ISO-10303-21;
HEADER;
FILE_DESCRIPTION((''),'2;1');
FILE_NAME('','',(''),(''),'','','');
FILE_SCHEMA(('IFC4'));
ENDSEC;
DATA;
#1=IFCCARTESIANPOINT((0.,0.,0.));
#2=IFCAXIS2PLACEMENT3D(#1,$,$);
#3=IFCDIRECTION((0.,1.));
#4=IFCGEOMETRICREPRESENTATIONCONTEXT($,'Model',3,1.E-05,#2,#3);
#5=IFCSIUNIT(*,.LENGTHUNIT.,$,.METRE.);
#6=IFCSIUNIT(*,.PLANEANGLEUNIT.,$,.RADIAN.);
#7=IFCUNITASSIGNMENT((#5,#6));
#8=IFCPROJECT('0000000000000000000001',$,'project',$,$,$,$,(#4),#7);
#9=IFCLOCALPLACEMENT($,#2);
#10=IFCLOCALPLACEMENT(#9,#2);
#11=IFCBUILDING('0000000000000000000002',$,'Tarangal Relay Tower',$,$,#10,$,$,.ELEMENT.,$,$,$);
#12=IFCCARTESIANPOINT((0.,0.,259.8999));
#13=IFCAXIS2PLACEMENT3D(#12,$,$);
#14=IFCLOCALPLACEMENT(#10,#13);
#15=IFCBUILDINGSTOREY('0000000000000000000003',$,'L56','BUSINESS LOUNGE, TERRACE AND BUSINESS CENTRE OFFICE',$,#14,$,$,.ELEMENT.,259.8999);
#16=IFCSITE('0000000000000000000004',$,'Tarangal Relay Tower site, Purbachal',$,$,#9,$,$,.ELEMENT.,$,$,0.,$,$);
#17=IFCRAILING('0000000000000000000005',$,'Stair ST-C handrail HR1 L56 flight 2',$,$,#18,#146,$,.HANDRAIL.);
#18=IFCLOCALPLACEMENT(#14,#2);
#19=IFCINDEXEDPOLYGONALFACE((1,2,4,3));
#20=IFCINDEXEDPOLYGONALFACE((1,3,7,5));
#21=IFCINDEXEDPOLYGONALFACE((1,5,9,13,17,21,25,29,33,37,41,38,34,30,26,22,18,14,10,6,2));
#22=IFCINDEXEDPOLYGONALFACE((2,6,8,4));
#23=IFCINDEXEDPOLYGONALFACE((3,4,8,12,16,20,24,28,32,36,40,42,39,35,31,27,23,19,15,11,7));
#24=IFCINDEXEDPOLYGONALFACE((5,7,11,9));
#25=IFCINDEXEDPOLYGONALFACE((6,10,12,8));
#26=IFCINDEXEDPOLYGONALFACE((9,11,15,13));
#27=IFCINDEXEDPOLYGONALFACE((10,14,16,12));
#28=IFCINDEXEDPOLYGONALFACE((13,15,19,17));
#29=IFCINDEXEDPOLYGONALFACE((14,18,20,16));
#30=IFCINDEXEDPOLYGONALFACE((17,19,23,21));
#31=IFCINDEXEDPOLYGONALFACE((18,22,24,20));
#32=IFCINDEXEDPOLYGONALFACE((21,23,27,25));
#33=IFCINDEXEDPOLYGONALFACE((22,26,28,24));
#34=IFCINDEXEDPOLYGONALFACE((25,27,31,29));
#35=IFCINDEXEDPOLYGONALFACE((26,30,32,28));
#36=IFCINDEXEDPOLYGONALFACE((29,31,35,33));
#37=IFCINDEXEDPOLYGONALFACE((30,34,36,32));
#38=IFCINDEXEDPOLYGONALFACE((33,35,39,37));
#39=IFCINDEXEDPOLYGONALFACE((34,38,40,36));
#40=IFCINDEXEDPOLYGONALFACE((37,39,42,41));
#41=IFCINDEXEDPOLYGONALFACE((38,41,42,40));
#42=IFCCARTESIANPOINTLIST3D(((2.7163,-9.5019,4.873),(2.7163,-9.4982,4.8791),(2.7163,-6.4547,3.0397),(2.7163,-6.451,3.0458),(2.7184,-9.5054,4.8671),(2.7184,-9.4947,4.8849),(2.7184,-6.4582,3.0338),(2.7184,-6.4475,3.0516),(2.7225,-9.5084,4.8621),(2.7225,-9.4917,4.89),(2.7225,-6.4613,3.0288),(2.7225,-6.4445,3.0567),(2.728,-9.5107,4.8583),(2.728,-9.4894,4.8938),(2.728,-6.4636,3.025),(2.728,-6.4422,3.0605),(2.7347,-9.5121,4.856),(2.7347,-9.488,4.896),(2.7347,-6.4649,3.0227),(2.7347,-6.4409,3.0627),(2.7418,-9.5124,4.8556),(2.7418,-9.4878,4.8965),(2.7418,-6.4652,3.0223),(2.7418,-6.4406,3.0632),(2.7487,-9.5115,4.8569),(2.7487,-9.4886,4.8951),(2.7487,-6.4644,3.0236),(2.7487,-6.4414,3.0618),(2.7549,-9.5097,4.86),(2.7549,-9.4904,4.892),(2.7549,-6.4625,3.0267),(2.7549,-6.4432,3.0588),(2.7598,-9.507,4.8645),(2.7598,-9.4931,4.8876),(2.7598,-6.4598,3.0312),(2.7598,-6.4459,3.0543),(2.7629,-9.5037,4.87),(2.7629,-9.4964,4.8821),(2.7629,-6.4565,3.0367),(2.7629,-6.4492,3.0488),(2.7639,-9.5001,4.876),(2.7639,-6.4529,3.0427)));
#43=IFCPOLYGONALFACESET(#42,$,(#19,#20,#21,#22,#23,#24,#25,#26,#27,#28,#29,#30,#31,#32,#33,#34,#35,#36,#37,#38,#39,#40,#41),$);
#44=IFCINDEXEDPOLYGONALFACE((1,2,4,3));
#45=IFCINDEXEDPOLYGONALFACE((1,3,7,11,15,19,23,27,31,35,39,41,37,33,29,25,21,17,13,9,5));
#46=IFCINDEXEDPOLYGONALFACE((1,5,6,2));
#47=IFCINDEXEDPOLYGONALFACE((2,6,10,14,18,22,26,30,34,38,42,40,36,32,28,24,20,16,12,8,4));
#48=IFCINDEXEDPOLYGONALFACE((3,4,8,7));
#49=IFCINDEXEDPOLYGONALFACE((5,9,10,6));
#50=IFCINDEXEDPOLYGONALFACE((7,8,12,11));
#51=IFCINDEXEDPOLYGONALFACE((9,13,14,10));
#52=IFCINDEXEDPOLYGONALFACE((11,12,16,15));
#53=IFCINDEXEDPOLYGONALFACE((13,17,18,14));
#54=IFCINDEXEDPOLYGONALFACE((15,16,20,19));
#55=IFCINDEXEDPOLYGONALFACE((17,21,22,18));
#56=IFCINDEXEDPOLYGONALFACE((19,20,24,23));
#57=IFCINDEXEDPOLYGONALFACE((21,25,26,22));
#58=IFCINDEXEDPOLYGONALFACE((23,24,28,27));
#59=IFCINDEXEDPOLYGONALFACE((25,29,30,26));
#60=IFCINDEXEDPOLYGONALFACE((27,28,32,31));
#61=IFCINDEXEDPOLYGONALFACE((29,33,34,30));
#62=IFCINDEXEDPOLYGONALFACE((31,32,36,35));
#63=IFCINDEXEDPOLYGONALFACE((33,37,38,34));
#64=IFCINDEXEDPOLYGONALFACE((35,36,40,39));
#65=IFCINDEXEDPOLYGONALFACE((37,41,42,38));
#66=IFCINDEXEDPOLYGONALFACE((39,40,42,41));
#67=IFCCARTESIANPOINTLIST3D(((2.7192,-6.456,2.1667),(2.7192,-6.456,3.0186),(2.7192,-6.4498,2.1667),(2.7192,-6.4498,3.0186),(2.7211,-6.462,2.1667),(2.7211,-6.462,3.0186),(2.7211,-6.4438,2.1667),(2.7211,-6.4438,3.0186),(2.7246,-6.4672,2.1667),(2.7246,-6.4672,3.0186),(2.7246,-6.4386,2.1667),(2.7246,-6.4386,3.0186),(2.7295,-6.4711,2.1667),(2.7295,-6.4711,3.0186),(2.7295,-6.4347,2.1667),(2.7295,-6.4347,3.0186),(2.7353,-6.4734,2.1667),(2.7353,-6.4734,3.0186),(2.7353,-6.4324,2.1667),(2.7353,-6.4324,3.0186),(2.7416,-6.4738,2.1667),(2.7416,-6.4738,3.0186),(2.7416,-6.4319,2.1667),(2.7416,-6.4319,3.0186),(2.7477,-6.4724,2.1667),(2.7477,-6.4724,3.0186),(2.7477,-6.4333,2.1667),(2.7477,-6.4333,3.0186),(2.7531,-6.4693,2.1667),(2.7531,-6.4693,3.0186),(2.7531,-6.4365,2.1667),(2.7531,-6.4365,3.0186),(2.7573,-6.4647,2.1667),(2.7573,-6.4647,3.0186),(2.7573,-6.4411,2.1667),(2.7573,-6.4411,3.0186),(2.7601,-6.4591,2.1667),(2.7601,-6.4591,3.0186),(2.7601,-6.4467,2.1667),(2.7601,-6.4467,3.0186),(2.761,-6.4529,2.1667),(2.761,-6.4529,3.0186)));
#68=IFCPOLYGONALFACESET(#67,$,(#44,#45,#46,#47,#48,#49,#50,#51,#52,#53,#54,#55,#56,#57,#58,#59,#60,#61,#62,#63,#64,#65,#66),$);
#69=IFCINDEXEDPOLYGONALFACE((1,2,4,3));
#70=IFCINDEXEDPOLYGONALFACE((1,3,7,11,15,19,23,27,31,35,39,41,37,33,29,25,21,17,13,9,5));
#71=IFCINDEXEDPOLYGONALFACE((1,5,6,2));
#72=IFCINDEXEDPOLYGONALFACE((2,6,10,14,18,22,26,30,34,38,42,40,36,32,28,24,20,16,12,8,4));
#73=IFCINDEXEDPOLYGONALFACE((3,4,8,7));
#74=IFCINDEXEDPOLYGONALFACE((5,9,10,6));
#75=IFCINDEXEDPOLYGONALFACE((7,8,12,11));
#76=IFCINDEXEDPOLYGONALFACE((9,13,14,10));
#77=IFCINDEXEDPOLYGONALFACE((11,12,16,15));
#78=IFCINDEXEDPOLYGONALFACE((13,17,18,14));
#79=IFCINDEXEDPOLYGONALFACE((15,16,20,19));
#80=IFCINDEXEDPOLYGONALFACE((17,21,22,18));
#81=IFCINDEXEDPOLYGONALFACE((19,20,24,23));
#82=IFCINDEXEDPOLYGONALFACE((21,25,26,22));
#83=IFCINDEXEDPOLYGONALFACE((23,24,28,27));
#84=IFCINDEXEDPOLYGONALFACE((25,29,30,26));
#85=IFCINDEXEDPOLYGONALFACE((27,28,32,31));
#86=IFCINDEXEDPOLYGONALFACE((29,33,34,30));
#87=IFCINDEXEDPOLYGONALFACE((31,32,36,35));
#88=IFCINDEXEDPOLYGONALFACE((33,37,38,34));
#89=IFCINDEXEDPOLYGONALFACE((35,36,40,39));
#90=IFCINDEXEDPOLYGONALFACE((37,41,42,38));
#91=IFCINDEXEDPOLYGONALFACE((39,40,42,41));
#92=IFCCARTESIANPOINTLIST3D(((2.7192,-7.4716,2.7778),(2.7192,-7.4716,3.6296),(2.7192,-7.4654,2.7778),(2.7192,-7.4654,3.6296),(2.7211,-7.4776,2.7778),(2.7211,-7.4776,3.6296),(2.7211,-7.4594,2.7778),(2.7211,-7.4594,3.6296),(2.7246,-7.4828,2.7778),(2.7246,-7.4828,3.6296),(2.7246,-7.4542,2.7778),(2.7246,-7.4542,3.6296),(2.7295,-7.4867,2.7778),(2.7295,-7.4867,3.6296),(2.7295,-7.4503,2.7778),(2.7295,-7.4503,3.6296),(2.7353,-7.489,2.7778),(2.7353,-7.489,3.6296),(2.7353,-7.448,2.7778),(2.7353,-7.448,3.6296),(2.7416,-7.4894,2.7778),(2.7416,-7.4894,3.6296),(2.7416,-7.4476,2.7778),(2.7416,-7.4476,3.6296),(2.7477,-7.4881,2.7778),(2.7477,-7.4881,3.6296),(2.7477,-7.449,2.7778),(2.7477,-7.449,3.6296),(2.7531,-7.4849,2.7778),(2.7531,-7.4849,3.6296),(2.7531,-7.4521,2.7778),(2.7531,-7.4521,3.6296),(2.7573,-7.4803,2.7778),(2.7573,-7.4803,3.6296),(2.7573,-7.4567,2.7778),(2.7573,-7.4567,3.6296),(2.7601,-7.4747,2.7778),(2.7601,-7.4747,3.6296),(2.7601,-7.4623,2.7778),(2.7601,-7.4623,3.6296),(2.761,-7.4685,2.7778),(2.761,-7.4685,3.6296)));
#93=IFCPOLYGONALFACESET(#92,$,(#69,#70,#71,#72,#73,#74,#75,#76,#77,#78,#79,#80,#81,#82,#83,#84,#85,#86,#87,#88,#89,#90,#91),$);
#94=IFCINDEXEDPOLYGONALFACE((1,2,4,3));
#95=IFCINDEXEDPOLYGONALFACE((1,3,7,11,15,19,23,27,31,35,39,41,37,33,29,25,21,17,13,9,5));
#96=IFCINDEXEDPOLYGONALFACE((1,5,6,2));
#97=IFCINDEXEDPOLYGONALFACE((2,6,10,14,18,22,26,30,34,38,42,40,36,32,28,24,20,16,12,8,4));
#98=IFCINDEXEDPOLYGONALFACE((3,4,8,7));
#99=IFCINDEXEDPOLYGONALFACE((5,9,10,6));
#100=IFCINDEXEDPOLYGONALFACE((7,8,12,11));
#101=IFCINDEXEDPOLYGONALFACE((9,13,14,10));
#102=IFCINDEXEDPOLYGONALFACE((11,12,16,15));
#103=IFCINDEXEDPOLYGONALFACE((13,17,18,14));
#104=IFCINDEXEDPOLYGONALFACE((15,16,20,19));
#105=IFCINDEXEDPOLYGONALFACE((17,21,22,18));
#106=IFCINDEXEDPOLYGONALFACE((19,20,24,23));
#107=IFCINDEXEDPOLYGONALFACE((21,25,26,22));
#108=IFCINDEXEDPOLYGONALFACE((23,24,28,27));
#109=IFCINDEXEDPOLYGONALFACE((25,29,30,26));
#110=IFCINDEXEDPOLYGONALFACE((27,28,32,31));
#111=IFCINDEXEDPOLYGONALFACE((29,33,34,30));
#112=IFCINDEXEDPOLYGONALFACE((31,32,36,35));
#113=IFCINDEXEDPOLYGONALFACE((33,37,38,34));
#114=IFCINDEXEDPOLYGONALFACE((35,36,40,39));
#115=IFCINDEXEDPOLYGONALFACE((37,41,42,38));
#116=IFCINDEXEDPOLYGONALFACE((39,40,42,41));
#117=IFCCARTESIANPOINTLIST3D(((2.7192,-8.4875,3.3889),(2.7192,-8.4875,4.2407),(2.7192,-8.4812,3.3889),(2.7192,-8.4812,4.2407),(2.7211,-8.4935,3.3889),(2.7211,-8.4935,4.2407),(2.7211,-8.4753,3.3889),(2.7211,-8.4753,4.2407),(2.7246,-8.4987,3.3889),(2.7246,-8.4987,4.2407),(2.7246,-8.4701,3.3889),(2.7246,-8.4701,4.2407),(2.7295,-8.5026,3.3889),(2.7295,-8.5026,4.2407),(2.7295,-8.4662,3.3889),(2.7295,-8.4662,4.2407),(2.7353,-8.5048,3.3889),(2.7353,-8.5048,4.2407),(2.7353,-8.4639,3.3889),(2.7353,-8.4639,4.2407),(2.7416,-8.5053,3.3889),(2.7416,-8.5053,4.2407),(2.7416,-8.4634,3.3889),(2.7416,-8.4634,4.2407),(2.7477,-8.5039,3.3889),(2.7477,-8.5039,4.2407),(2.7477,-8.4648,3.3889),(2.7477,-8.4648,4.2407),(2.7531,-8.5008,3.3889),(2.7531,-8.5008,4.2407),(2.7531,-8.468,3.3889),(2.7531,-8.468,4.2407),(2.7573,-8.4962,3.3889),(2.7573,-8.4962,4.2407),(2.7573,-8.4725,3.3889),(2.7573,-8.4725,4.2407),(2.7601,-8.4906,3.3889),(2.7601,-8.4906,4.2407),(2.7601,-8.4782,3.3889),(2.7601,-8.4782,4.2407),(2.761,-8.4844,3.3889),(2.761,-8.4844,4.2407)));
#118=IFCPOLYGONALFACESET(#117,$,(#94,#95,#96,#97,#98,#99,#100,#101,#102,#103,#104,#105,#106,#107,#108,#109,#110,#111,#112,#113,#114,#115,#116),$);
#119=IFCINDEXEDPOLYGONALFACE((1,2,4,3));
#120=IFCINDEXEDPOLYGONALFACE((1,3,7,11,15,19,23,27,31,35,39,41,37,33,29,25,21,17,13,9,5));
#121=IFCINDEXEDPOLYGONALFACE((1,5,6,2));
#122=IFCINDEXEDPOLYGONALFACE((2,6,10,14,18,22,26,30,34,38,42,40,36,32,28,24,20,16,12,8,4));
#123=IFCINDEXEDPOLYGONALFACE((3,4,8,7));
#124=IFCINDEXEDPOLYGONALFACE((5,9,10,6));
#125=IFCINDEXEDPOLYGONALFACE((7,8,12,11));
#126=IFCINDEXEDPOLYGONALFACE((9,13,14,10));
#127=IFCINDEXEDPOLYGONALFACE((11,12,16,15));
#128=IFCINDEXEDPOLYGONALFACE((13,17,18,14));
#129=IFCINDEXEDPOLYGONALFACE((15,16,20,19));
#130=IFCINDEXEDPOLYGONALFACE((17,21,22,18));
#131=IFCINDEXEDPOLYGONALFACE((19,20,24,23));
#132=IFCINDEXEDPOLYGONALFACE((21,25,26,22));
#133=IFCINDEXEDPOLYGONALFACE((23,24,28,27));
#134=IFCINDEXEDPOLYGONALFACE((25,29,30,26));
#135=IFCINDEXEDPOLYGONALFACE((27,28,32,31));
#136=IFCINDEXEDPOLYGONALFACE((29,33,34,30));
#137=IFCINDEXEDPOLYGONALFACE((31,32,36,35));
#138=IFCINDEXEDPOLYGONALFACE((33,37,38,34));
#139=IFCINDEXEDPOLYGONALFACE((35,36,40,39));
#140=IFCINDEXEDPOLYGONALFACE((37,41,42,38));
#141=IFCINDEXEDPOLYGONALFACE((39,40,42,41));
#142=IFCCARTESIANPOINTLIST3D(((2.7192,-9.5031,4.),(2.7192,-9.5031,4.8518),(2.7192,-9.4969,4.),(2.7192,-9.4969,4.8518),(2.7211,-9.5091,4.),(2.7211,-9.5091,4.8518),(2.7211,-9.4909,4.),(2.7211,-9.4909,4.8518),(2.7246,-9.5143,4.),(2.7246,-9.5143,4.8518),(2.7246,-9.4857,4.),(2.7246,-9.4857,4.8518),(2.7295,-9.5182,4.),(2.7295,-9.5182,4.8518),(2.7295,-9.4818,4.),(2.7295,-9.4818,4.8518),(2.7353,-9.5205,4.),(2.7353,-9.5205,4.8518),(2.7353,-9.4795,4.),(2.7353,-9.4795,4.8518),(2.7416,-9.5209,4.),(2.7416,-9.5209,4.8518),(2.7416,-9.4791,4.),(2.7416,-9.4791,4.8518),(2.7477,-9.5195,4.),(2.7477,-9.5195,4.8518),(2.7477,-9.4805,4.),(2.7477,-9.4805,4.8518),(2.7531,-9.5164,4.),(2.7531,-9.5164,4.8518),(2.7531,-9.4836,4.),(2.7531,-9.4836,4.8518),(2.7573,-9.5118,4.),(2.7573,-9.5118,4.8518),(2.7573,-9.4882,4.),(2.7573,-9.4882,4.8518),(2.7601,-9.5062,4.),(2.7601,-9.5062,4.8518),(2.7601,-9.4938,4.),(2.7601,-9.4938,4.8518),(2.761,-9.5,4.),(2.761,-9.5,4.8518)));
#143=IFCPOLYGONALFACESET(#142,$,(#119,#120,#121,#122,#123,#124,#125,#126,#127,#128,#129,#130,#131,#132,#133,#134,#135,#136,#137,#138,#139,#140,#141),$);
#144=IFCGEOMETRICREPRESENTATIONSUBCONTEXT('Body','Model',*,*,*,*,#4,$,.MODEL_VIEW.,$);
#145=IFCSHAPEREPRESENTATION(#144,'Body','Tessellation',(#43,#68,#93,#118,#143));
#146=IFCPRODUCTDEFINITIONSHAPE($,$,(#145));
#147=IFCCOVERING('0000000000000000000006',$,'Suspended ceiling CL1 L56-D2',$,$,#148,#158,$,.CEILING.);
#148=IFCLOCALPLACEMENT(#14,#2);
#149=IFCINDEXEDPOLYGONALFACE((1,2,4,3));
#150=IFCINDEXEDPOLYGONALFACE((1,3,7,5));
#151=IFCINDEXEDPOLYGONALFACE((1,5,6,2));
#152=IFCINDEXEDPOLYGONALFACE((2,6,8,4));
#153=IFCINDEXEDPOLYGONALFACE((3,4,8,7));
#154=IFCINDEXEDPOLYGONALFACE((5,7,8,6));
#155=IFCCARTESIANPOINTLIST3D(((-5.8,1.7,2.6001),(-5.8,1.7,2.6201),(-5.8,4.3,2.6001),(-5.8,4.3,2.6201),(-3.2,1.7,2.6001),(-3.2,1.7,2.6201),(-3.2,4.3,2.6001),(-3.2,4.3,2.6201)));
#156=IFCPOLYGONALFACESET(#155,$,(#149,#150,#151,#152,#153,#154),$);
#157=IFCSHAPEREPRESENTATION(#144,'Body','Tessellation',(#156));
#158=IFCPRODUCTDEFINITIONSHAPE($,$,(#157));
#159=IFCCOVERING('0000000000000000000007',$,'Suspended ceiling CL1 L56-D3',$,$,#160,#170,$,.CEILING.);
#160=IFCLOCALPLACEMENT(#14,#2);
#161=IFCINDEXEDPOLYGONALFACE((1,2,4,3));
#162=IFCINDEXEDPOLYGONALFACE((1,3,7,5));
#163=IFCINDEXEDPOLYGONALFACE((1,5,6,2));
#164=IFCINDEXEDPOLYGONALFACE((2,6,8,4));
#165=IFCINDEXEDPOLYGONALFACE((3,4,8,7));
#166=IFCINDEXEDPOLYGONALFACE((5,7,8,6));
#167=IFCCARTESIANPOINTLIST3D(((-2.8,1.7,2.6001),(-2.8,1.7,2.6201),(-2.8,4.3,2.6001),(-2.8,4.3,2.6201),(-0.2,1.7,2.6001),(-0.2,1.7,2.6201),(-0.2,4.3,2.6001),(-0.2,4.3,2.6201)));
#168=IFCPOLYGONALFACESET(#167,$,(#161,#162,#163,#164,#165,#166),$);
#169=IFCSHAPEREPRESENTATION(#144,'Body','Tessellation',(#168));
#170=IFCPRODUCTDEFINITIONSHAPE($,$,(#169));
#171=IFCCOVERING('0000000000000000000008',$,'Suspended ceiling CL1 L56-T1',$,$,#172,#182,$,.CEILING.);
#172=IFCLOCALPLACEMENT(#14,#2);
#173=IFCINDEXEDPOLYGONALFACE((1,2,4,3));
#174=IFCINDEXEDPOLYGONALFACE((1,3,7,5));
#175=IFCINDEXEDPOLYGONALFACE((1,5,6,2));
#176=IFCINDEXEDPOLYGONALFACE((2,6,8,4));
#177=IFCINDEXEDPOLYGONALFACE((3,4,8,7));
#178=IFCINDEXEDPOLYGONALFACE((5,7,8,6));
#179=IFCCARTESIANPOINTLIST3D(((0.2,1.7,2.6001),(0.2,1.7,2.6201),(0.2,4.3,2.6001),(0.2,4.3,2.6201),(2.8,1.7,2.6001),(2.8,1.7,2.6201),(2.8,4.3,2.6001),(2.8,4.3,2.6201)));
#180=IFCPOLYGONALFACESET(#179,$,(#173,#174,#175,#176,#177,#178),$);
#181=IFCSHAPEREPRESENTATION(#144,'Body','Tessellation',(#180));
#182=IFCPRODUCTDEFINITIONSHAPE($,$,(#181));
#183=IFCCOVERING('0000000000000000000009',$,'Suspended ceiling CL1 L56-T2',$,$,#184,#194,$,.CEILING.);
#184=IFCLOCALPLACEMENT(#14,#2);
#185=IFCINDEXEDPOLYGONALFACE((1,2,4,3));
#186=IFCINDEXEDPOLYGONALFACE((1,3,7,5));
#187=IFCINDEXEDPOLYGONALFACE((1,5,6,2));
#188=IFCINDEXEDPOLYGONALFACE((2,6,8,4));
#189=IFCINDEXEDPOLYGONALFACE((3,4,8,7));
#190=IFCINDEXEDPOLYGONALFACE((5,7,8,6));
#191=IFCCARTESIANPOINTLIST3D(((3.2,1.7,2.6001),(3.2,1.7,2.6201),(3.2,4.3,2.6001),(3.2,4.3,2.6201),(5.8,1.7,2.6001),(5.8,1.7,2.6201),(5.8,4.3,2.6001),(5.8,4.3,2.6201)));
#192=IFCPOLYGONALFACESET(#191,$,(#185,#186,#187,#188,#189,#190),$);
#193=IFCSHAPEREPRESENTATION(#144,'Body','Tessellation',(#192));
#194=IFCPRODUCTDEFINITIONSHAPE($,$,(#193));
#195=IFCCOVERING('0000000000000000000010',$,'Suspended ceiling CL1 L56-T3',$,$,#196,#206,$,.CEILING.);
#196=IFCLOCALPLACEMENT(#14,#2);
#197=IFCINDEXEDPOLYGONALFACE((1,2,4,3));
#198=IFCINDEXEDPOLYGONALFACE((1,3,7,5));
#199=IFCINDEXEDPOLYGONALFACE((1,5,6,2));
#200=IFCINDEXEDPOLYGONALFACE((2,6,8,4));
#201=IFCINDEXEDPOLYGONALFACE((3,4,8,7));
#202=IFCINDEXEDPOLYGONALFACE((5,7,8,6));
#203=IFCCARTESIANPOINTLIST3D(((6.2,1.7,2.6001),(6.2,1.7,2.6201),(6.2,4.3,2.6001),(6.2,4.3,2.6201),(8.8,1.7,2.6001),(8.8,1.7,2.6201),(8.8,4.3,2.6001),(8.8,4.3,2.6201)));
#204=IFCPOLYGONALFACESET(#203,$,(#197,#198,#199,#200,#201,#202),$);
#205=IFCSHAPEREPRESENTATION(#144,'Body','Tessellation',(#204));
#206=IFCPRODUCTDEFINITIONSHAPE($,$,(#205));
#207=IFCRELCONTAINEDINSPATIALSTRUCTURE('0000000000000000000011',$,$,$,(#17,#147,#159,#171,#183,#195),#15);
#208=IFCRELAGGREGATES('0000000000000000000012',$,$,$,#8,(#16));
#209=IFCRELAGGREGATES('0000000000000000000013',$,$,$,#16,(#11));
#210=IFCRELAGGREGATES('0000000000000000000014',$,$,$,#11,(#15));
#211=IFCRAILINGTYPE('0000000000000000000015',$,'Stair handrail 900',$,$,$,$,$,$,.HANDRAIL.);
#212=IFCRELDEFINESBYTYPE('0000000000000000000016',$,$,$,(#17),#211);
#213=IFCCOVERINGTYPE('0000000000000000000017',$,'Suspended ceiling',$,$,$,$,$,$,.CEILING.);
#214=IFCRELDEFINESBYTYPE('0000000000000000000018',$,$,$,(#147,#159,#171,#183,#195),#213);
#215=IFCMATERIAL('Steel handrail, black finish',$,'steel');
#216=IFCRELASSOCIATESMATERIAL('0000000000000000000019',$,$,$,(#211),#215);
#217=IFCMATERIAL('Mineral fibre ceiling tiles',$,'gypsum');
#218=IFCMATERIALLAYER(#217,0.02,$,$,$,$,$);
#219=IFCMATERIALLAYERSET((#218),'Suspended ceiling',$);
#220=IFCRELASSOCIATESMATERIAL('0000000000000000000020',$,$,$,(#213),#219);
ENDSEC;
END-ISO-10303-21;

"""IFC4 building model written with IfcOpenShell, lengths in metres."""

from ifc_helpers import new_model, si_unit, direction, frame, origin, origin_2d, place, context, subcontext, project, spatial, polyline, circle, outline, extrude, material, layer, layer_set, type_object, element, save


model = new_model("IFC4")

# Units and contexts
model_context = context("Model", 3, precision=1e-05, world=origin(), true_north=direction((0.0, 1.0)))
body_context = subcontext(model_context, "Body", "Model", "MODEL_VIEW")
ifc_project = project(units=[si_unit("LENGTHUNIT", "METRE"), si_unit("PLANEANGLEUNIT", "RADIAN")], contexts=[model_context])

# Site, building, storey
site_placement = place(None, origin())
site = spatial("IfcSite", under=ifc_project, at=site_placement, Name="Tarangal Relay Tower site, Purbachal", CompositionType="ELEMENT", RefElevation=0.0)
building_placement = place(site_placement, origin())
building = spatial("IfcBuilding", under=site, at=building_placement, Name="Tarangal Relay Tower", CompositionType="ELEMENT")
storey_placement = place(building_placement, frame((0.0, 0.0, 259.8999)))
storey = spatial("IfcBuildingStorey", under=building, at=storey_placement, Name="L56", Description="BUSINESS LOUNGE, TERRACE AND BUSINESS CENTRE OFFICE", CompositionType="ELEMENT", Elevation=259.8999)

# Railing
ifc_material_1 = material(Name="Steel handrail, black finish", Category="steel")
railing_type_1 = type_object("IfcRailingType", Name="Stair handrail 900", PredefinedType="HANDRAIL", material=ifc_material_1)
railing_1_placement = place(storey_placement, frame((2.74, -6.4529, 2.1667)))
element("IfcRailing", 1, at=railing_1_placement, inside=storey, type_object=railing_type_1, Name="Stair ST-C handrail HR1 L56 flight 2", PredefinedType="HANDRAIL", context=body_context, shape_type="SweptSolid", body=[
    extrude(circle(Radius=0.0239, at=origin_2d()), frame((0.0, 0.0, 0.876), z_axis=(0.0, -0.856874, 0.515525), x_axis=(1.0, 0.0, 0.0)), (0.0, 0.0, 1.0), 3.5562),
    extrude(circle(Radius=0.021, at=origin_2d()), origin(), (0.0, 0.0, 1.0), 0.8518),
    extrude(circle(Radius=0.021, at=origin_2d()), frame((0.0, -1.0156, 0.6111)), (0.0, 0.0, 1.0), 0.8518),
    extrude(circle(Radius=0.021, at=origin_2d()), frame((0.0, -2.0315, 1.2222)), (0.0, 0.0, 1.0), 0.8518),
    extrude(circle(Radius=0.021, at=origin_2d()), frame((0.0, -3.0471, 1.8333)), (0.0, 0.0, 1.0), 0.8518),
])

# Coverings
ifc_material_2 = material(Name="Mineral fibre ceiling tiles", Category="gypsum")
ifc_layer_1 = layer(ifc_material_2, 0.02)
ifc_layer_set_1 = layer_set([ifc_layer_1], Name="Suspended ceiling")
covering_type_1 = type_object("IfcCoveringType", Name="Suspended ceiling", PredefinedType="CEILING", material=ifc_layer_set_1)
covering_1_placement = place(storey_placement, frame((0.0, 0.0, 2.6001)))
element("IfcCovering", 2, at=covering_1_placement, inside=storey, type_object=covering_type_1, Name="Suspended ceiling CL1 L56-D2", PredefinedType="CEILING", context=body_context, shape_type="SweptSolid", body=[
    extrude(outline(polyline([(-5.8, 1.7), (-3.2, 1.7), (-3.2, 4.3), (-5.8, 4.3), (-5.8, 1.7)])), origin(), (0.0, 0.0, 1.0), 0.02),
])
covering_2_placement = place(storey_placement, frame((0.0, 0.0, 2.6001)))
element("IfcCovering", 3, at=covering_2_placement, inside=storey, type_object=covering_type_1, Name="Suspended ceiling CL1 L56-D3", PredefinedType="CEILING", context=body_context, shape_type="SweptSolid", body=[
    extrude(outline(polyline([(-2.8, 1.7), (-0.2, 1.7), (-0.2, 4.3), (-2.8, 4.3), (-2.8, 1.7)])), origin(), (0.0, 0.0, 1.0), 0.02),
])
covering_3_placement = place(storey_placement, frame((0.0, 0.0, 2.6001)))
element("IfcCovering", 4, at=covering_3_placement, inside=storey, type_object=covering_type_1, Name="Suspended ceiling CL1 L56-T1", PredefinedType="CEILING", context=body_context, shape_type="SweptSolid", body=[
    extrude(outline(polyline([(0.2, 1.7), (2.8, 1.7), (2.8, 4.3), (0.2, 4.3), (0.2, 1.7)])), origin(), (0.0, 0.0, 1.0), 0.02),
])
covering_4_placement = place(storey_placement, frame((0.0, 0.0, 2.6001)))
element("IfcCovering", 5, at=covering_4_placement, inside=storey, type_object=covering_type_1, Name="Suspended ceiling CL1 L56-T2", PredefinedType="CEILING", context=body_context, shape_type="SweptSolid", body=[
    extrude(outline(polyline([(3.2, 1.7), (5.8, 1.7), (5.8, 4.3), (3.2, 4.3), (3.2, 1.7)])), origin(), (0.0, 0.0, 1.0), 0.02),
])
covering_5_placement = place(storey_placement, frame((0.0, 0.0, 2.6001)))
element("IfcCovering", 6, at=covering_5_placement, inside=storey, type_object=covering_type_1, Name="Suspended ceiling CL1 L56-T3", PredefinedType="CEILING", context=body_context, shape_type="SweptSolid", body=[
    extrude(outline(polyline([(6.2, 1.7), (8.8, 1.7), (8.8, 4.3), (6.2, 4.3), (6.2, 1.7)])), origin(), (0.0, 0.0, 1.0), 0.02),
])

save(model, "model.ifc")
